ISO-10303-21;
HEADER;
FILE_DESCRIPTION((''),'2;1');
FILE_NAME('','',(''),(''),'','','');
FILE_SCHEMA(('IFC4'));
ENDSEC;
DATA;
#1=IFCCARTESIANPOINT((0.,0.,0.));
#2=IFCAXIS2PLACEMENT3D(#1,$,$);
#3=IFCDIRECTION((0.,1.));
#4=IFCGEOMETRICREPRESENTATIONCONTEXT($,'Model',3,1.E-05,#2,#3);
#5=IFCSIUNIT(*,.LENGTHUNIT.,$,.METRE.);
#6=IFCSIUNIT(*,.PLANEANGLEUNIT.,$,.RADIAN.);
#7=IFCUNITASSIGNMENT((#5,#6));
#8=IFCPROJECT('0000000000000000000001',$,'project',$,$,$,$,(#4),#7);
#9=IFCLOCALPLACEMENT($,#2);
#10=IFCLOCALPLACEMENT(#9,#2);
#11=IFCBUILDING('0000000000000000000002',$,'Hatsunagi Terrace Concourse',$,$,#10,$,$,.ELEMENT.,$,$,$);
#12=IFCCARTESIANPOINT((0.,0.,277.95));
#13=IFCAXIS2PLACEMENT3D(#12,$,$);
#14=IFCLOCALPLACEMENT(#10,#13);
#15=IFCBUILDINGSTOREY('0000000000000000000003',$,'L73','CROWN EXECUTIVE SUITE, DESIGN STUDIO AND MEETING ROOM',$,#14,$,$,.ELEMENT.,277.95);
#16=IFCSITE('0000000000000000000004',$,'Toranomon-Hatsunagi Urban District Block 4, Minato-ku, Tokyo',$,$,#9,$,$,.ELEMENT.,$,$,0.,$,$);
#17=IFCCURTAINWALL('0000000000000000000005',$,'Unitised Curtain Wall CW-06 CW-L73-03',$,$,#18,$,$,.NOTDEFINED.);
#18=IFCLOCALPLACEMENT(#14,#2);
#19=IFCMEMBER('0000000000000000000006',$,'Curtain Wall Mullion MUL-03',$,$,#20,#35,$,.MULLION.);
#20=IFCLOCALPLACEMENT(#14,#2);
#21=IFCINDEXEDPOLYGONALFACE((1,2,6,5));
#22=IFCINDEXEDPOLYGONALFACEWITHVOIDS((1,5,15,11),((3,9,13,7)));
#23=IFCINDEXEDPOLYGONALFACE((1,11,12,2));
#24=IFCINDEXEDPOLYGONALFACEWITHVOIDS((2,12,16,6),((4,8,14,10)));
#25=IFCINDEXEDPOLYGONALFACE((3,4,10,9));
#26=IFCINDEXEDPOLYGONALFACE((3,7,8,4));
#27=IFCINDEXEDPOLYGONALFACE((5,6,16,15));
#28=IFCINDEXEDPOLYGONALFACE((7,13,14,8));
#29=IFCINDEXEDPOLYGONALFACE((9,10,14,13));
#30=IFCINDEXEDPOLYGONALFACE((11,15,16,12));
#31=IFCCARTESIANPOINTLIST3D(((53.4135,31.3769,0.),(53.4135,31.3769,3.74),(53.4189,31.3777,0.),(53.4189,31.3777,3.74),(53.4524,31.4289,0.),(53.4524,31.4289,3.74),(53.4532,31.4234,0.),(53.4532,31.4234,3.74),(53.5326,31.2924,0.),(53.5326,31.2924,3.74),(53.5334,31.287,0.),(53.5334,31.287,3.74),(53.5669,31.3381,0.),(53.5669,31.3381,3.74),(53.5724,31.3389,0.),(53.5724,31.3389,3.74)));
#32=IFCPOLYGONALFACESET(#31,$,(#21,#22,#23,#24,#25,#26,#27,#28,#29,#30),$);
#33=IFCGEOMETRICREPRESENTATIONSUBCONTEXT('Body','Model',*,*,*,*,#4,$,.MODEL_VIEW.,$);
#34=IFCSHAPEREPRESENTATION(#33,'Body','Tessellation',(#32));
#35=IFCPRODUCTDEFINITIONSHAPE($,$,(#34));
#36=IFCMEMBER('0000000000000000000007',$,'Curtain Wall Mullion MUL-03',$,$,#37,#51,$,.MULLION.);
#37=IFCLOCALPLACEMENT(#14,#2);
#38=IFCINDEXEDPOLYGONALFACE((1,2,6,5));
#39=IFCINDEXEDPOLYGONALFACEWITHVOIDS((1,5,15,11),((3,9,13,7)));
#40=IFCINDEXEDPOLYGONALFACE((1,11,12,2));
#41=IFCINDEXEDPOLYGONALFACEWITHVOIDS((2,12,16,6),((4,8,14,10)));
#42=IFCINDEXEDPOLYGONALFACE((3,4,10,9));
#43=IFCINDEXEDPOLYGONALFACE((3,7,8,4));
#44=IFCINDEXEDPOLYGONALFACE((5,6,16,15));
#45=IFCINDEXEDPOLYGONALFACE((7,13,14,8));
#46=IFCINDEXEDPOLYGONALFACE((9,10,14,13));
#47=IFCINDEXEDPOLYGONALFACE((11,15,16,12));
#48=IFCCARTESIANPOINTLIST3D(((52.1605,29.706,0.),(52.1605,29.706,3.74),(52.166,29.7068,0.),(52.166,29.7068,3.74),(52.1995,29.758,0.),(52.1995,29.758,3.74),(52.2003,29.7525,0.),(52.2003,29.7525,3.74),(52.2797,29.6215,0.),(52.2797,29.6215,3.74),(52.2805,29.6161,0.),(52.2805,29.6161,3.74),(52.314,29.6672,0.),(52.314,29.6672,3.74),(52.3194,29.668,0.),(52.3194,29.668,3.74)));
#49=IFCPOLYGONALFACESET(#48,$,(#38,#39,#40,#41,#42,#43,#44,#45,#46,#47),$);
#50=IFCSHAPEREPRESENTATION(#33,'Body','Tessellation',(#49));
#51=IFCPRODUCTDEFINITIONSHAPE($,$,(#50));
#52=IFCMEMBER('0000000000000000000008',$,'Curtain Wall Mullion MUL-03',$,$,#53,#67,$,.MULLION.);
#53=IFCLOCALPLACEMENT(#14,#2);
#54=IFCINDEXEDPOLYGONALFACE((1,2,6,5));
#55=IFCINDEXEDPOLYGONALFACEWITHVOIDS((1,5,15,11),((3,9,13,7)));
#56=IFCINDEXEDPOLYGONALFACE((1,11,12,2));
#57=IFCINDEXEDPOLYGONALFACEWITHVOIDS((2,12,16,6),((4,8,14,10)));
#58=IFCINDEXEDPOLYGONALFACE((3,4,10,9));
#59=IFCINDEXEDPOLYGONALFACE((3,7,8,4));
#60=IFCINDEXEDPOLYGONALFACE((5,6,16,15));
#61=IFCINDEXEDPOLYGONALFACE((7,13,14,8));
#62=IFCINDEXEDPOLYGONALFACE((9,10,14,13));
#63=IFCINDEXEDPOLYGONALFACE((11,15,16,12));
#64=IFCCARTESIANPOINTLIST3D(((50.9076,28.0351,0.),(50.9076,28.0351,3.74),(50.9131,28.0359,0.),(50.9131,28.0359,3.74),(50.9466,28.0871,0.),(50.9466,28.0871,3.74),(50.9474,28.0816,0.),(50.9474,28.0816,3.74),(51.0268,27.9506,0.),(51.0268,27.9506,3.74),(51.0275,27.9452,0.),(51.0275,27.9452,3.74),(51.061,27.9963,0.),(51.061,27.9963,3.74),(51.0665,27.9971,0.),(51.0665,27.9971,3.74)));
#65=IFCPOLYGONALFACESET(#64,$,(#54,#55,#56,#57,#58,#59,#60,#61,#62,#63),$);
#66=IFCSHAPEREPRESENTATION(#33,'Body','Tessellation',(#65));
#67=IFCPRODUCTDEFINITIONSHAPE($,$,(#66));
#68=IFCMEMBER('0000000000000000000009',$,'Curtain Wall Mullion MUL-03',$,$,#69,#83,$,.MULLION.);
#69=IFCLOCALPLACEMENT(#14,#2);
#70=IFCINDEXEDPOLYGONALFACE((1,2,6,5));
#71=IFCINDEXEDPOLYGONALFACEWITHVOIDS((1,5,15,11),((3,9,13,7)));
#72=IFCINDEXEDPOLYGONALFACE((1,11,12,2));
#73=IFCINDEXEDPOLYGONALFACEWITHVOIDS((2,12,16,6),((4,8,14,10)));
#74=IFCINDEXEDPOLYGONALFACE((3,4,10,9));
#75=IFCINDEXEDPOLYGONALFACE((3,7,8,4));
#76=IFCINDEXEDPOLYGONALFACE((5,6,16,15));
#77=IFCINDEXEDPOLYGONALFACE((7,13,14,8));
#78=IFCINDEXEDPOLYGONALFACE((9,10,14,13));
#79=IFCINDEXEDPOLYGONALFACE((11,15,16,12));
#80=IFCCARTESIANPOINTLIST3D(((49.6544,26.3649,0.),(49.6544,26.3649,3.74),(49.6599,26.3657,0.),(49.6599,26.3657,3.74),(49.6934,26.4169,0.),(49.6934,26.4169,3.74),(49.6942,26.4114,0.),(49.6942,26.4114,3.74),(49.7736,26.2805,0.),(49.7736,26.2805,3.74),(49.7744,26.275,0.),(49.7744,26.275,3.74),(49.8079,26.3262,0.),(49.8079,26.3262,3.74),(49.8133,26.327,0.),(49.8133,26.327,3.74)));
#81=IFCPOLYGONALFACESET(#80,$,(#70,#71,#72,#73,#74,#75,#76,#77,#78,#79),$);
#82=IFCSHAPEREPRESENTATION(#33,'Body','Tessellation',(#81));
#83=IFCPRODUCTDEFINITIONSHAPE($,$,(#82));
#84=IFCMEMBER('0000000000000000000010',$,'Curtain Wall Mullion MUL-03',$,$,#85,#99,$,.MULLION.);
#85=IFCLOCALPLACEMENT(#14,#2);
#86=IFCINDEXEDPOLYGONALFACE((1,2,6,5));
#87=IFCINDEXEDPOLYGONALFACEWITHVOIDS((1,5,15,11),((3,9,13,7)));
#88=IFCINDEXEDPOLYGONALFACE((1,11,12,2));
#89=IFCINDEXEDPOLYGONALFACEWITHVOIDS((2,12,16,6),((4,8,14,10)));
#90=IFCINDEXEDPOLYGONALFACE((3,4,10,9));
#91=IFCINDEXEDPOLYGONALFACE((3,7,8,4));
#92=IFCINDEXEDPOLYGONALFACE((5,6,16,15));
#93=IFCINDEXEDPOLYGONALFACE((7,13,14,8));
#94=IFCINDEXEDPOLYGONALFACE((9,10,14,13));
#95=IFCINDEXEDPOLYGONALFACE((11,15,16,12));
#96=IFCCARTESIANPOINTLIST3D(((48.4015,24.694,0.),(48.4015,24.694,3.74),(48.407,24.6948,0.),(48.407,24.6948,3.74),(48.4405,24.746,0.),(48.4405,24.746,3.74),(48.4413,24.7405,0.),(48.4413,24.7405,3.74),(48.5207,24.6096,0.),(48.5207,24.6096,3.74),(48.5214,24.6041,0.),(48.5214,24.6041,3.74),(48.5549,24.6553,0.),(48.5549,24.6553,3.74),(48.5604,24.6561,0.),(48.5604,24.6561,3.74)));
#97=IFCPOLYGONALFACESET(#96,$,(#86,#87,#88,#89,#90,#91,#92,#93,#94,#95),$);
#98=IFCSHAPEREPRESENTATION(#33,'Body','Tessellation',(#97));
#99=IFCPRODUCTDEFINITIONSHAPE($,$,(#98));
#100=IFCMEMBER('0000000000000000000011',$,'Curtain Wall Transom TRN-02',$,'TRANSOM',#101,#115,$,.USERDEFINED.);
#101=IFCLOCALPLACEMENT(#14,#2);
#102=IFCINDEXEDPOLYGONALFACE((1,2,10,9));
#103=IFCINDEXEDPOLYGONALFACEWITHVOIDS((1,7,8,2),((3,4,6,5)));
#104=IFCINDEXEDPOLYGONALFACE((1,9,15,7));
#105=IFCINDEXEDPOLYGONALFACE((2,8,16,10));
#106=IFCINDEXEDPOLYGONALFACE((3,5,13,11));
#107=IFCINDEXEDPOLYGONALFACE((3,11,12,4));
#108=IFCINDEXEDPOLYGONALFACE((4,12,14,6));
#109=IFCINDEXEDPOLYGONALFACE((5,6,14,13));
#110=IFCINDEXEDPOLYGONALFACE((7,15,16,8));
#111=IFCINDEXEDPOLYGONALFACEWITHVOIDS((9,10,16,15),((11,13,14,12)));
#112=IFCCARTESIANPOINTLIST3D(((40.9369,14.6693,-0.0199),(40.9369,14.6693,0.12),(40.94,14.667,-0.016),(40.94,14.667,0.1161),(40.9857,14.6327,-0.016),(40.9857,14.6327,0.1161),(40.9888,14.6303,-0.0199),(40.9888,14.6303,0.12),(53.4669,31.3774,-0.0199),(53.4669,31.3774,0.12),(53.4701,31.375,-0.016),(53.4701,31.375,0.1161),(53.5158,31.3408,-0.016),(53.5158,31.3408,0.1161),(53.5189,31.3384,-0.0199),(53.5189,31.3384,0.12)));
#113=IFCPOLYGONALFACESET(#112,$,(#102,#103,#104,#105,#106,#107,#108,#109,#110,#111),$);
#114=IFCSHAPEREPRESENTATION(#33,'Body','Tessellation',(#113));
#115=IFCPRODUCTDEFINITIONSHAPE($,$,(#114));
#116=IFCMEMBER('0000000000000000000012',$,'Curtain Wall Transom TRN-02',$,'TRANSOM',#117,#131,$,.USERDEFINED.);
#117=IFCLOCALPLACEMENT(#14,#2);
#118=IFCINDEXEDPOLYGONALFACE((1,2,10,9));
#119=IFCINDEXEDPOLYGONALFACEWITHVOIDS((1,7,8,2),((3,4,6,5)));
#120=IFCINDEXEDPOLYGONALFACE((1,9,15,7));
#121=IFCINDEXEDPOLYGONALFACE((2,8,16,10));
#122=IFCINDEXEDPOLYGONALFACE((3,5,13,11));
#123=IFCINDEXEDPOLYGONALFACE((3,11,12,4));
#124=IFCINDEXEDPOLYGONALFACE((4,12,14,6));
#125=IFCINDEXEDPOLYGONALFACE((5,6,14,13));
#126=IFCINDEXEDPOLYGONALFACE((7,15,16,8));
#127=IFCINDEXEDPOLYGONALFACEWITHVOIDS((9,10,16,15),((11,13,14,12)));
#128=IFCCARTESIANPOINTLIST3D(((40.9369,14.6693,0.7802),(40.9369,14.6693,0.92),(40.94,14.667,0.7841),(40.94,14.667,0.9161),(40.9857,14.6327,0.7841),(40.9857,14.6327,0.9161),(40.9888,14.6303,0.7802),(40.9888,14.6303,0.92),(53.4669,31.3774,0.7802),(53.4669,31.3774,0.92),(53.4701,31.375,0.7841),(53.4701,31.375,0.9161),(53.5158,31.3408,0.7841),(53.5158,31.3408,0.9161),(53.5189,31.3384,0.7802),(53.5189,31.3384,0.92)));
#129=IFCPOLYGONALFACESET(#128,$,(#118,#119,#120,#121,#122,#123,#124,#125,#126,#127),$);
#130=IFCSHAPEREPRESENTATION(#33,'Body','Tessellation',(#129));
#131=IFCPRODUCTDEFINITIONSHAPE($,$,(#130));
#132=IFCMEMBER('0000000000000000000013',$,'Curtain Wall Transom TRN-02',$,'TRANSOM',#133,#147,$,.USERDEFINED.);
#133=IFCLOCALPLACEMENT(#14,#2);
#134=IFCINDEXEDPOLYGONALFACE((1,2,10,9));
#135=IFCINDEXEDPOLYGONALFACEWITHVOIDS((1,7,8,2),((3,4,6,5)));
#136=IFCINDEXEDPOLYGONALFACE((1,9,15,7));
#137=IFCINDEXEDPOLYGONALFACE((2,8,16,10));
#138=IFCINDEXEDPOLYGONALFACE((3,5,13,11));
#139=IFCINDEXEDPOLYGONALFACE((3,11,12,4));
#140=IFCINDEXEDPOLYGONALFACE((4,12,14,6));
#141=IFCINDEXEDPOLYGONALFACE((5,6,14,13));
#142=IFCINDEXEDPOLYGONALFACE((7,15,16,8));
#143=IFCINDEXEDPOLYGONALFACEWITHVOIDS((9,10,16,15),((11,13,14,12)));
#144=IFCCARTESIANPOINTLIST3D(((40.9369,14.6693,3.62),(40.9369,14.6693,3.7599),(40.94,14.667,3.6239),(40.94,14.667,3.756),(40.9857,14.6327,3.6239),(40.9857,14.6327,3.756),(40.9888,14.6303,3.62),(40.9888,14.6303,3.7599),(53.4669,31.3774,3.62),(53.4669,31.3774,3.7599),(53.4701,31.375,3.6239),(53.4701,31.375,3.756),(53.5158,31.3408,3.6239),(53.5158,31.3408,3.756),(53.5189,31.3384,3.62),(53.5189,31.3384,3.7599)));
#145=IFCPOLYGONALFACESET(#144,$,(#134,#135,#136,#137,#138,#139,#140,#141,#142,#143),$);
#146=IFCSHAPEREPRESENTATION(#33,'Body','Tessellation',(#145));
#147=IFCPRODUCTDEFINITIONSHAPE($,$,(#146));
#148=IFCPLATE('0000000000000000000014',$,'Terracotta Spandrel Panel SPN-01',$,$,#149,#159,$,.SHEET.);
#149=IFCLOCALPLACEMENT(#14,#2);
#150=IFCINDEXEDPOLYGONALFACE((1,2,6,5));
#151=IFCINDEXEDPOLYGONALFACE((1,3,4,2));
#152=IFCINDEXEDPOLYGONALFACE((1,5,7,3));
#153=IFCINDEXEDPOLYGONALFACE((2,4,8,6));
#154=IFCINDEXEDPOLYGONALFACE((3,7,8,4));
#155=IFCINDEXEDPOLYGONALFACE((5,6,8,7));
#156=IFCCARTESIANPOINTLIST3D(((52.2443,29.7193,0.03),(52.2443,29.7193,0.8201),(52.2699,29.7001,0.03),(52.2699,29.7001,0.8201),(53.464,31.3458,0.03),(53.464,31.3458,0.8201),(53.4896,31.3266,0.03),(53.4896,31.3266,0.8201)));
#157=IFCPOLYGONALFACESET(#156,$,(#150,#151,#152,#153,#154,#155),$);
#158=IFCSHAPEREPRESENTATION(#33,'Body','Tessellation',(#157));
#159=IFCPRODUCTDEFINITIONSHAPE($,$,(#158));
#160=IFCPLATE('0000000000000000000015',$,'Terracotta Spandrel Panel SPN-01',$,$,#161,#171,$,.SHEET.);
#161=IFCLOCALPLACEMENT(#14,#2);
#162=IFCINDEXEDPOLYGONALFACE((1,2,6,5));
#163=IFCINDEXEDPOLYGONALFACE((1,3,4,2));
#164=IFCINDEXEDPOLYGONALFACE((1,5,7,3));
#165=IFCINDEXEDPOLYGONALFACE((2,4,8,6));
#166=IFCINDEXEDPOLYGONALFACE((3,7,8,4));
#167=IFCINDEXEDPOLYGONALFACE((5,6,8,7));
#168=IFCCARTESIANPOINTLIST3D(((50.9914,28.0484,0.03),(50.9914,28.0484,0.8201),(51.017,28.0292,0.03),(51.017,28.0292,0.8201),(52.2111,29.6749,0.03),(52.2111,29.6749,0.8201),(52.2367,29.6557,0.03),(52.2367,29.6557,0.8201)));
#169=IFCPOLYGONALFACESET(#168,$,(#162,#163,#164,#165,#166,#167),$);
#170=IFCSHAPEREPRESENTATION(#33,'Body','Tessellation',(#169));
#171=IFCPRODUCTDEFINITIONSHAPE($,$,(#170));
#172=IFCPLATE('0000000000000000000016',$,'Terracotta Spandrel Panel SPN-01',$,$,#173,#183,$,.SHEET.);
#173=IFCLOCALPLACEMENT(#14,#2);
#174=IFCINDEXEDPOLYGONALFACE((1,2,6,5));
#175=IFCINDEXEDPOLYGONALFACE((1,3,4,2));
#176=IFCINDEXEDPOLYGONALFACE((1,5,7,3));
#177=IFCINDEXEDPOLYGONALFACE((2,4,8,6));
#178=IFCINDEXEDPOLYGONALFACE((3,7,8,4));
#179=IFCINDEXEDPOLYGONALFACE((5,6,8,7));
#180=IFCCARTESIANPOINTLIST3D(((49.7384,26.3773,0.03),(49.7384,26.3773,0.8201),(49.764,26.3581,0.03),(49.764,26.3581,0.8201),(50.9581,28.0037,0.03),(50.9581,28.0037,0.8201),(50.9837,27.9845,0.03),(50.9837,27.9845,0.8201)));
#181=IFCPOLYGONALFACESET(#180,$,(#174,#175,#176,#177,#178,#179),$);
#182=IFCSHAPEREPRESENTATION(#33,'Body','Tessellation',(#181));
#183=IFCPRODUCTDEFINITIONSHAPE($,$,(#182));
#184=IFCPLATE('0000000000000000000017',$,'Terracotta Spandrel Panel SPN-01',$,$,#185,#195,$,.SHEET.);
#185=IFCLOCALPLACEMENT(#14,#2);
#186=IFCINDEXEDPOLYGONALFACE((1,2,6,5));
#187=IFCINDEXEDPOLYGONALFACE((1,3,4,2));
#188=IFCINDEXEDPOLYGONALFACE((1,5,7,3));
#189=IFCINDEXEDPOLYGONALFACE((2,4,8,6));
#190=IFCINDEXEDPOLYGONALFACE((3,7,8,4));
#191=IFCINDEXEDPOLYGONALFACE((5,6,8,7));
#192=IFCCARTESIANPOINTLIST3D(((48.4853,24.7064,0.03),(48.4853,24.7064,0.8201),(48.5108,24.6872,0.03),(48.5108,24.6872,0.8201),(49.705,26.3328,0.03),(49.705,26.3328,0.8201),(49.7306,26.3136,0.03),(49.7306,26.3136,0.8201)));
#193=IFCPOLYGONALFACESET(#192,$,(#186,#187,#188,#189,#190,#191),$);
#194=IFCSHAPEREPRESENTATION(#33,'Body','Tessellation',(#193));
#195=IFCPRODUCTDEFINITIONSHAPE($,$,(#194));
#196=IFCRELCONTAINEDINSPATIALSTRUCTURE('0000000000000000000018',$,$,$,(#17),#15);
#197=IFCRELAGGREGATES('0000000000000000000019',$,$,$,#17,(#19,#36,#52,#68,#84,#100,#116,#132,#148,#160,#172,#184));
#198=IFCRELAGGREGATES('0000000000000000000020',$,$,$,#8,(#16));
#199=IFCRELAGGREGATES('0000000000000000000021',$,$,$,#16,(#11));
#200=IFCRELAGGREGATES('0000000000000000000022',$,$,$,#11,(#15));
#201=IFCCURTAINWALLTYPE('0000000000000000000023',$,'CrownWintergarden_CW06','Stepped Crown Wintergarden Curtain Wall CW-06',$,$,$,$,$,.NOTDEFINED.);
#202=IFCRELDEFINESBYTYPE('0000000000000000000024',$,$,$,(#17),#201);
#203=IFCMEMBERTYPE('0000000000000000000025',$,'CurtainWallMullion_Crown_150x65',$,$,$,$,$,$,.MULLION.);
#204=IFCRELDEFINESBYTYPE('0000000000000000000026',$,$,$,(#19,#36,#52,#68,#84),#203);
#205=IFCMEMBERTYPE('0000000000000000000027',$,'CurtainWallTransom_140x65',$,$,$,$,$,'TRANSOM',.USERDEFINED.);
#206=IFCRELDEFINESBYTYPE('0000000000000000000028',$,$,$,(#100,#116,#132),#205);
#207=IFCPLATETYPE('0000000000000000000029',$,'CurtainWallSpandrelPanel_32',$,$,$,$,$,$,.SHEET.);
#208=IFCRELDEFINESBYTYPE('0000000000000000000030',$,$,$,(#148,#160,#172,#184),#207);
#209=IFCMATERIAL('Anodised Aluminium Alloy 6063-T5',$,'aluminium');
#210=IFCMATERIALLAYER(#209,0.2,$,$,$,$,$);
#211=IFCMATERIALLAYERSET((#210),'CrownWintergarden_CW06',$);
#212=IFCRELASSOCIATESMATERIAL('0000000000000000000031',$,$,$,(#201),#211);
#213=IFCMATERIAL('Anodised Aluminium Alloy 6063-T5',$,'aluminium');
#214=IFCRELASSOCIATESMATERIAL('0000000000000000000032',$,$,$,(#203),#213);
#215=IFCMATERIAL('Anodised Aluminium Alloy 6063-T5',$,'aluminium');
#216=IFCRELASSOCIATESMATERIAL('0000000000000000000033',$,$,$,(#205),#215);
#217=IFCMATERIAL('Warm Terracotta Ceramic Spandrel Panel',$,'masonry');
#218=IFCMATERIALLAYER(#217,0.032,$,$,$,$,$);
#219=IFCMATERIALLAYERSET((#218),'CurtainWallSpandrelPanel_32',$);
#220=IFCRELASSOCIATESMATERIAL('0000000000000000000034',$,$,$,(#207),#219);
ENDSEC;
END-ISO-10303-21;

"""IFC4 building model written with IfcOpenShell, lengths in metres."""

from ifc_helpers import new_model, si_unit, direction, frame, origin, origin_2d, place, context, subcontext, project, spatial, rectangle, hollow_rectangle, extrude, material, layer, layer_set, material_profile, profile_set, type_object, element, aggregate, save


model = new_model("IFC4")

# Units and contexts
model_context = context("Model", 3, precision=1e-05, world=origin(), true_north=direction((0.0, 1.0)))
body_context = subcontext(model_context, "Body", "Model", "MODEL_VIEW")
ifc_project = project(units=[si_unit("LENGTHUNIT", "METRE"), si_unit("PLANEANGLEUNIT", "RADIAN")], contexts=[model_context])

# Site, building, storey
site_placement = place(None, origin())
site = spatial("IfcSite", under=ifc_project, at=site_placement, Name="Toranomon-Hatsunagi Urban District Block 4, Minato-ku, Tokyo", CompositionType="ELEMENT", RefElevation=0.0)
building_placement = place(site_placement, origin())
building = spatial("IfcBuilding", under=site, at=building_placement, Name="Hatsunagi Terrace Concourse", CompositionType="ELEMENT")
storey_placement = place(building_placement, frame((0.0, 0.0, 277.95)))
storey = spatial("IfcBuildingStorey", under=building, at=storey_placement, Name="L73", Description="CROWN EXECUTIVE SUITE, DESIGN STUDIO AND MEETING ROOM", CompositionType="ELEMENT", Elevation=277.95)

# Curtain wall, members, plates
ifc_material_1 = material(Name="Anodised Aluminium Alloy 6063-T5", Category="aluminium")
ifc_layer_1 = layer(ifc_material_1, 0.2)
ifc_layer_set_1 = layer_set([ifc_layer_1], Name="CrownWintergarden_CW06")
curtain_wall_type = type_object("IfcCurtainWallType", Name="CrownWintergarden_CW06", Description="Stepped Crown Wintergarden Curtain Wall CW-06", PredefinedType="NOTDEFINED", material=ifc_layer_set_1)
curtain_wall_placement = place(storey_placement, origin())
curtain_wall = element("IfcCurtainWall", 1, at=curtain_wall_placement, inside=storey, type_object=curtain_wall_type, Name="Unitised Curtain Wall CW-06 CW-L73-03", PredefinedType="NOTDEFINED")
ifc_material_2 = material(Name="Anodised Aluminium Alloy 6063-T5", Category="aluminium")
ifc_material_profile_1 = material_profile(ifc_material_2, hollow_rectangle(XDim=0.0649, YDim=0.1499, WallThickness=0.0039, at=origin_2d()), Name="ALU-MUL-150x65x4")
ifc_profile_set_1 = profile_set([ifc_material_profile_1], Name="Anodised Aluminium Alloy 6063-T5")
member_type_1 = type_object("IfcMemberType", Name="CurtainWallMullion_Crown_150x65", PredefinedType="MULLION", material=ifc_profile_set_1)
member_1_placement = place(storey_placement, frame((53.4929, 31.3579, 0.0), z_axis=(0.0, 0.0, 1.0), x_axis=(-0.599969, -0.800023, 0.0)))
member_1 = element("IfcMember", 2, at=member_1_placement, type_object=member_type_1, Name="Curtain Wall Mullion MUL-03", PredefinedType="MULLION", context=body_context, shape_type="SweptSolid", body=[
    extrude(hollow_rectangle(XDim=0.0649, YDim=0.1499, WallThickness=0.0039, at=origin_2d()), origin(), (0.0, 0.0, 1.0), 3.74),
])
member_2_placement = place(storey_placement, frame((52.24, 29.687, 0.0), z_axis=(0.0, 0.0, 1.0), x_axis=(-0.599969, -0.800023, 0.0)))
member_2 = element("IfcMember", 3, at=member_2_placement, type_object=member_type_1, Name="Curtain Wall Mullion MUL-03", PredefinedType="MULLION", context=body_context, shape_type="SweptSolid", body=[
    extrude(hollow_rectangle(XDim=0.0649, YDim=0.1499, WallThickness=0.0039, at=origin_2d()), origin(), (0.0, 0.0, 1.0), 3.74),
])
member_3_placement = place(storey_placement, frame((50.9871, 28.0161, 0.0), z_axis=(0.0, 0.0, 1.0), x_axis=(-0.599969, -0.800023, 0.0)))
member_3 = element("IfcMember", 4, at=member_3_placement, type_object=member_type_1, Name="Curtain Wall Mullion MUL-03", PredefinedType="MULLION", context=body_context, shape_type="SweptSolid", body=[
    extrude(hollow_rectangle(XDim=0.0649, YDim=0.1499, WallThickness=0.0039, at=origin_2d()), origin(), (0.0, 0.0, 1.0), 3.74),
])
member_4_placement = place(storey_placement, frame((49.7339, 26.3459, 0.0), z_axis=(0.0, 0.0, 1.0), x_axis=(-0.599969, -0.800023, 0.0)))
member_4 = element("IfcMember", 5, at=member_4_placement, type_object=member_type_1, Name="Curtain Wall Mullion MUL-03", PredefinedType="MULLION", context=body_context, shape_type="SweptSolid", body=[
    extrude(hollow_rectangle(XDim=0.0649, YDim=0.1499, WallThickness=0.0039, at=origin_2d()), origin(), (0.0, 0.0, 1.0), 3.74),
])
member_5_placement = place(storey_placement, frame((48.481, 24.675, 0.0), z_axis=(0.0, 0.0, 1.0), x_axis=(-0.599969, -0.800023, 0.0)))
member_5 = element("IfcMember", 6, at=member_5_placement, type_object=member_type_1, Name="Curtain Wall Mullion MUL-03", PredefinedType="MULLION", context=body_context, shape_type="SweptSolid", body=[
    extrude(hollow_rectangle(XDim=0.0649, YDim=0.1499, WallThickness=0.0039, at=origin_2d()), origin(), (0.0, 0.0, 1.0), 3.74),
])
ifc_material_3 = material(Name="Anodised Aluminium Alloy 6063-T5", Category="aluminium")
ifc_material_profile_2 = material_profile(ifc_material_3, hollow_rectangle(XDim=0.0649, YDim=0.1399, WallThickness=0.0039, at=origin_2d()), Name="ALU-TRN-140x65x4")
ifc_profile_set_2 = profile_set([ifc_material_profile_2], Name="Anodised Aluminium Alloy 6063-T5")
member_type_2 = type_object("IfcMemberType", Name="CurtainWallTransom_140x65", ElementType="TRANSOM", PredefinedType="USERDEFINED", material=ifc_profile_set_2)
member_6_placement = place(storey_placement, frame((53.4929, 31.3579, 0.05), z_axis=(-0.59997, -0.800022, 0.0), x_axis=(0.800022, -0.59997, 0.0)))
member_6 = element("IfcMember", 7, at=member_6_placement, type_object=member_type_2, Name="Curtain Wall Transom TRN-02", ObjectType="TRANSOM", PredefinedType="USERDEFINED", context=body_context, shape_type="SweptSolid", body=[
    extrude(hollow_rectangle(XDim=0.0649, YDim=0.1399, WallThickness=0.0039, at=origin_2d()), origin(), (0.0, 0.0, 1.0), 20.8845),
])
member_7_placement = place(storey_placement, frame((53.4929, 31.3579, 0.8501), z_axis=(-0.59997, -0.800022, 0.0), x_axis=(0.800022, -0.59997, 0.0)))
member_7 = element("IfcMember", 8, at=member_7_placement, type_object=member_type_2, Name="Curtain Wall Transom TRN-02", ObjectType="TRANSOM", PredefinedType="USERDEFINED", context=body_context, shape_type="SweptSolid", body=[
    extrude(hollow_rectangle(XDim=0.0649, YDim=0.1399, WallThickness=0.0039, at=origin_2d()), origin(), (0.0, 0.0, 1.0), 20.8845),
])
member_8_placement = place(storey_placement, frame((53.4929, 31.3579, 3.6899), z_axis=(-0.59997, -0.800022, 0.0), x_axis=(0.800022, -0.59997, 0.0)))
member_8 = element("IfcMember", 9, at=member_8_placement, type_object=member_type_2, Name="Curtain Wall Transom TRN-02", ObjectType="TRANSOM", PredefinedType="USERDEFINED", context=body_context, shape_type="SweptSolid", body=[
    extrude(hollow_rectangle(XDim=0.0649, YDim=0.1399, WallThickness=0.0039, at=origin_2d()), origin(), (0.0, 0.0, 1.0), 20.8845),
])
ifc_material_4 = material(Name="Warm Terracotta Ceramic Spandrel Panel", Category="masonry")
ifc_layer_2 = layer(ifc_material_4, 0.032)
ifc_layer_set_2 = layer_set([ifc_layer_2], Name="CurtainWallSpandrelPanel_32")
plate_type_1 = type_object("IfcPlateType", Name="CurtainWallSpandrelPanel_32", PredefinedType="SHEET", material=ifc_layer_set_2)
plate_1_placement = place(storey_placement, frame((52.8669, 30.5229, 0.03), z_axis=(0.0, 0.0, 1.0), x_axis=(-0.599969, -0.800023, 0.0)))
plate_1 = element("IfcPlate", 10, at=plate_1_placement, type_object=plate_type_1, Name="Terracotta Spandrel Panel SPN-01", PredefinedType="SHEET", context=body_context, shape_type="SweptSolid", body=[
    extrude(rectangle(XDim=2.033, YDim=0.032, at=origin_2d()), origin(), (0.0, 0.0, 1.0), 0.79),
])
plate_2_placement = place(storey_placement, frame((51.614, 28.8521, 0.03), z_axis=(0.0, 0.0, 1.0), x_axis=(-0.599969, -0.800023, 0.0)))
plate_2 = element("IfcPlate", 11, at=plate_2_placement, type_object=plate_type_1, Name="Terracotta Spandrel Panel SPN-01", PredefinedType="SHEET", context=body_context, shape_type="SweptSolid", body=[
    extrude(rectangle(XDim=2.033, YDim=0.032, at=origin_2d()), origin(), (0.0, 0.0, 1.0), 0.79),
])
plate_3_placement = place(storey_placement, frame((50.3611, 27.1809, 0.03), z_axis=(0.0, 0.0, 1.0), x_axis=(-0.599969, -0.800023, 0.0)))
plate_3 = element("IfcPlate", 12, at=plate_3_placement, type_object=plate_type_1, Name="Terracotta Spandrel Panel SPN-01", PredefinedType="SHEET", context=body_context, shape_type="SweptSolid", body=[
    extrude(rectangle(XDim=2.033, YDim=0.032, at=origin_2d()), origin(), (0.0, 0.0, 1.0), 0.79),
])
plate_4_placement = place(storey_placement, frame((49.1079, 25.51, 0.03), z_axis=(0.0, 0.0, 1.0), x_axis=(-0.599969, -0.800023, 0.0)))
plate_4 = element("IfcPlate", 13, at=plate_4_placement, type_object=plate_type_1, Name="Terracotta Spandrel Panel SPN-01", PredefinedType="SHEET", context=body_context, shape_type="SweptSolid", body=[
    extrude(rectangle(XDim=2.033, YDim=0.032, at=origin_2d()), origin(), (0.0, 0.0, 1.0), 0.79),
])
aggregate(curtain_wall, [member_1, member_2, member_3, member_4, member_5, member_6, member_7, member_8, plate_1, plate_2, plate_3, plate_4])

save(model, "model.ifc")
